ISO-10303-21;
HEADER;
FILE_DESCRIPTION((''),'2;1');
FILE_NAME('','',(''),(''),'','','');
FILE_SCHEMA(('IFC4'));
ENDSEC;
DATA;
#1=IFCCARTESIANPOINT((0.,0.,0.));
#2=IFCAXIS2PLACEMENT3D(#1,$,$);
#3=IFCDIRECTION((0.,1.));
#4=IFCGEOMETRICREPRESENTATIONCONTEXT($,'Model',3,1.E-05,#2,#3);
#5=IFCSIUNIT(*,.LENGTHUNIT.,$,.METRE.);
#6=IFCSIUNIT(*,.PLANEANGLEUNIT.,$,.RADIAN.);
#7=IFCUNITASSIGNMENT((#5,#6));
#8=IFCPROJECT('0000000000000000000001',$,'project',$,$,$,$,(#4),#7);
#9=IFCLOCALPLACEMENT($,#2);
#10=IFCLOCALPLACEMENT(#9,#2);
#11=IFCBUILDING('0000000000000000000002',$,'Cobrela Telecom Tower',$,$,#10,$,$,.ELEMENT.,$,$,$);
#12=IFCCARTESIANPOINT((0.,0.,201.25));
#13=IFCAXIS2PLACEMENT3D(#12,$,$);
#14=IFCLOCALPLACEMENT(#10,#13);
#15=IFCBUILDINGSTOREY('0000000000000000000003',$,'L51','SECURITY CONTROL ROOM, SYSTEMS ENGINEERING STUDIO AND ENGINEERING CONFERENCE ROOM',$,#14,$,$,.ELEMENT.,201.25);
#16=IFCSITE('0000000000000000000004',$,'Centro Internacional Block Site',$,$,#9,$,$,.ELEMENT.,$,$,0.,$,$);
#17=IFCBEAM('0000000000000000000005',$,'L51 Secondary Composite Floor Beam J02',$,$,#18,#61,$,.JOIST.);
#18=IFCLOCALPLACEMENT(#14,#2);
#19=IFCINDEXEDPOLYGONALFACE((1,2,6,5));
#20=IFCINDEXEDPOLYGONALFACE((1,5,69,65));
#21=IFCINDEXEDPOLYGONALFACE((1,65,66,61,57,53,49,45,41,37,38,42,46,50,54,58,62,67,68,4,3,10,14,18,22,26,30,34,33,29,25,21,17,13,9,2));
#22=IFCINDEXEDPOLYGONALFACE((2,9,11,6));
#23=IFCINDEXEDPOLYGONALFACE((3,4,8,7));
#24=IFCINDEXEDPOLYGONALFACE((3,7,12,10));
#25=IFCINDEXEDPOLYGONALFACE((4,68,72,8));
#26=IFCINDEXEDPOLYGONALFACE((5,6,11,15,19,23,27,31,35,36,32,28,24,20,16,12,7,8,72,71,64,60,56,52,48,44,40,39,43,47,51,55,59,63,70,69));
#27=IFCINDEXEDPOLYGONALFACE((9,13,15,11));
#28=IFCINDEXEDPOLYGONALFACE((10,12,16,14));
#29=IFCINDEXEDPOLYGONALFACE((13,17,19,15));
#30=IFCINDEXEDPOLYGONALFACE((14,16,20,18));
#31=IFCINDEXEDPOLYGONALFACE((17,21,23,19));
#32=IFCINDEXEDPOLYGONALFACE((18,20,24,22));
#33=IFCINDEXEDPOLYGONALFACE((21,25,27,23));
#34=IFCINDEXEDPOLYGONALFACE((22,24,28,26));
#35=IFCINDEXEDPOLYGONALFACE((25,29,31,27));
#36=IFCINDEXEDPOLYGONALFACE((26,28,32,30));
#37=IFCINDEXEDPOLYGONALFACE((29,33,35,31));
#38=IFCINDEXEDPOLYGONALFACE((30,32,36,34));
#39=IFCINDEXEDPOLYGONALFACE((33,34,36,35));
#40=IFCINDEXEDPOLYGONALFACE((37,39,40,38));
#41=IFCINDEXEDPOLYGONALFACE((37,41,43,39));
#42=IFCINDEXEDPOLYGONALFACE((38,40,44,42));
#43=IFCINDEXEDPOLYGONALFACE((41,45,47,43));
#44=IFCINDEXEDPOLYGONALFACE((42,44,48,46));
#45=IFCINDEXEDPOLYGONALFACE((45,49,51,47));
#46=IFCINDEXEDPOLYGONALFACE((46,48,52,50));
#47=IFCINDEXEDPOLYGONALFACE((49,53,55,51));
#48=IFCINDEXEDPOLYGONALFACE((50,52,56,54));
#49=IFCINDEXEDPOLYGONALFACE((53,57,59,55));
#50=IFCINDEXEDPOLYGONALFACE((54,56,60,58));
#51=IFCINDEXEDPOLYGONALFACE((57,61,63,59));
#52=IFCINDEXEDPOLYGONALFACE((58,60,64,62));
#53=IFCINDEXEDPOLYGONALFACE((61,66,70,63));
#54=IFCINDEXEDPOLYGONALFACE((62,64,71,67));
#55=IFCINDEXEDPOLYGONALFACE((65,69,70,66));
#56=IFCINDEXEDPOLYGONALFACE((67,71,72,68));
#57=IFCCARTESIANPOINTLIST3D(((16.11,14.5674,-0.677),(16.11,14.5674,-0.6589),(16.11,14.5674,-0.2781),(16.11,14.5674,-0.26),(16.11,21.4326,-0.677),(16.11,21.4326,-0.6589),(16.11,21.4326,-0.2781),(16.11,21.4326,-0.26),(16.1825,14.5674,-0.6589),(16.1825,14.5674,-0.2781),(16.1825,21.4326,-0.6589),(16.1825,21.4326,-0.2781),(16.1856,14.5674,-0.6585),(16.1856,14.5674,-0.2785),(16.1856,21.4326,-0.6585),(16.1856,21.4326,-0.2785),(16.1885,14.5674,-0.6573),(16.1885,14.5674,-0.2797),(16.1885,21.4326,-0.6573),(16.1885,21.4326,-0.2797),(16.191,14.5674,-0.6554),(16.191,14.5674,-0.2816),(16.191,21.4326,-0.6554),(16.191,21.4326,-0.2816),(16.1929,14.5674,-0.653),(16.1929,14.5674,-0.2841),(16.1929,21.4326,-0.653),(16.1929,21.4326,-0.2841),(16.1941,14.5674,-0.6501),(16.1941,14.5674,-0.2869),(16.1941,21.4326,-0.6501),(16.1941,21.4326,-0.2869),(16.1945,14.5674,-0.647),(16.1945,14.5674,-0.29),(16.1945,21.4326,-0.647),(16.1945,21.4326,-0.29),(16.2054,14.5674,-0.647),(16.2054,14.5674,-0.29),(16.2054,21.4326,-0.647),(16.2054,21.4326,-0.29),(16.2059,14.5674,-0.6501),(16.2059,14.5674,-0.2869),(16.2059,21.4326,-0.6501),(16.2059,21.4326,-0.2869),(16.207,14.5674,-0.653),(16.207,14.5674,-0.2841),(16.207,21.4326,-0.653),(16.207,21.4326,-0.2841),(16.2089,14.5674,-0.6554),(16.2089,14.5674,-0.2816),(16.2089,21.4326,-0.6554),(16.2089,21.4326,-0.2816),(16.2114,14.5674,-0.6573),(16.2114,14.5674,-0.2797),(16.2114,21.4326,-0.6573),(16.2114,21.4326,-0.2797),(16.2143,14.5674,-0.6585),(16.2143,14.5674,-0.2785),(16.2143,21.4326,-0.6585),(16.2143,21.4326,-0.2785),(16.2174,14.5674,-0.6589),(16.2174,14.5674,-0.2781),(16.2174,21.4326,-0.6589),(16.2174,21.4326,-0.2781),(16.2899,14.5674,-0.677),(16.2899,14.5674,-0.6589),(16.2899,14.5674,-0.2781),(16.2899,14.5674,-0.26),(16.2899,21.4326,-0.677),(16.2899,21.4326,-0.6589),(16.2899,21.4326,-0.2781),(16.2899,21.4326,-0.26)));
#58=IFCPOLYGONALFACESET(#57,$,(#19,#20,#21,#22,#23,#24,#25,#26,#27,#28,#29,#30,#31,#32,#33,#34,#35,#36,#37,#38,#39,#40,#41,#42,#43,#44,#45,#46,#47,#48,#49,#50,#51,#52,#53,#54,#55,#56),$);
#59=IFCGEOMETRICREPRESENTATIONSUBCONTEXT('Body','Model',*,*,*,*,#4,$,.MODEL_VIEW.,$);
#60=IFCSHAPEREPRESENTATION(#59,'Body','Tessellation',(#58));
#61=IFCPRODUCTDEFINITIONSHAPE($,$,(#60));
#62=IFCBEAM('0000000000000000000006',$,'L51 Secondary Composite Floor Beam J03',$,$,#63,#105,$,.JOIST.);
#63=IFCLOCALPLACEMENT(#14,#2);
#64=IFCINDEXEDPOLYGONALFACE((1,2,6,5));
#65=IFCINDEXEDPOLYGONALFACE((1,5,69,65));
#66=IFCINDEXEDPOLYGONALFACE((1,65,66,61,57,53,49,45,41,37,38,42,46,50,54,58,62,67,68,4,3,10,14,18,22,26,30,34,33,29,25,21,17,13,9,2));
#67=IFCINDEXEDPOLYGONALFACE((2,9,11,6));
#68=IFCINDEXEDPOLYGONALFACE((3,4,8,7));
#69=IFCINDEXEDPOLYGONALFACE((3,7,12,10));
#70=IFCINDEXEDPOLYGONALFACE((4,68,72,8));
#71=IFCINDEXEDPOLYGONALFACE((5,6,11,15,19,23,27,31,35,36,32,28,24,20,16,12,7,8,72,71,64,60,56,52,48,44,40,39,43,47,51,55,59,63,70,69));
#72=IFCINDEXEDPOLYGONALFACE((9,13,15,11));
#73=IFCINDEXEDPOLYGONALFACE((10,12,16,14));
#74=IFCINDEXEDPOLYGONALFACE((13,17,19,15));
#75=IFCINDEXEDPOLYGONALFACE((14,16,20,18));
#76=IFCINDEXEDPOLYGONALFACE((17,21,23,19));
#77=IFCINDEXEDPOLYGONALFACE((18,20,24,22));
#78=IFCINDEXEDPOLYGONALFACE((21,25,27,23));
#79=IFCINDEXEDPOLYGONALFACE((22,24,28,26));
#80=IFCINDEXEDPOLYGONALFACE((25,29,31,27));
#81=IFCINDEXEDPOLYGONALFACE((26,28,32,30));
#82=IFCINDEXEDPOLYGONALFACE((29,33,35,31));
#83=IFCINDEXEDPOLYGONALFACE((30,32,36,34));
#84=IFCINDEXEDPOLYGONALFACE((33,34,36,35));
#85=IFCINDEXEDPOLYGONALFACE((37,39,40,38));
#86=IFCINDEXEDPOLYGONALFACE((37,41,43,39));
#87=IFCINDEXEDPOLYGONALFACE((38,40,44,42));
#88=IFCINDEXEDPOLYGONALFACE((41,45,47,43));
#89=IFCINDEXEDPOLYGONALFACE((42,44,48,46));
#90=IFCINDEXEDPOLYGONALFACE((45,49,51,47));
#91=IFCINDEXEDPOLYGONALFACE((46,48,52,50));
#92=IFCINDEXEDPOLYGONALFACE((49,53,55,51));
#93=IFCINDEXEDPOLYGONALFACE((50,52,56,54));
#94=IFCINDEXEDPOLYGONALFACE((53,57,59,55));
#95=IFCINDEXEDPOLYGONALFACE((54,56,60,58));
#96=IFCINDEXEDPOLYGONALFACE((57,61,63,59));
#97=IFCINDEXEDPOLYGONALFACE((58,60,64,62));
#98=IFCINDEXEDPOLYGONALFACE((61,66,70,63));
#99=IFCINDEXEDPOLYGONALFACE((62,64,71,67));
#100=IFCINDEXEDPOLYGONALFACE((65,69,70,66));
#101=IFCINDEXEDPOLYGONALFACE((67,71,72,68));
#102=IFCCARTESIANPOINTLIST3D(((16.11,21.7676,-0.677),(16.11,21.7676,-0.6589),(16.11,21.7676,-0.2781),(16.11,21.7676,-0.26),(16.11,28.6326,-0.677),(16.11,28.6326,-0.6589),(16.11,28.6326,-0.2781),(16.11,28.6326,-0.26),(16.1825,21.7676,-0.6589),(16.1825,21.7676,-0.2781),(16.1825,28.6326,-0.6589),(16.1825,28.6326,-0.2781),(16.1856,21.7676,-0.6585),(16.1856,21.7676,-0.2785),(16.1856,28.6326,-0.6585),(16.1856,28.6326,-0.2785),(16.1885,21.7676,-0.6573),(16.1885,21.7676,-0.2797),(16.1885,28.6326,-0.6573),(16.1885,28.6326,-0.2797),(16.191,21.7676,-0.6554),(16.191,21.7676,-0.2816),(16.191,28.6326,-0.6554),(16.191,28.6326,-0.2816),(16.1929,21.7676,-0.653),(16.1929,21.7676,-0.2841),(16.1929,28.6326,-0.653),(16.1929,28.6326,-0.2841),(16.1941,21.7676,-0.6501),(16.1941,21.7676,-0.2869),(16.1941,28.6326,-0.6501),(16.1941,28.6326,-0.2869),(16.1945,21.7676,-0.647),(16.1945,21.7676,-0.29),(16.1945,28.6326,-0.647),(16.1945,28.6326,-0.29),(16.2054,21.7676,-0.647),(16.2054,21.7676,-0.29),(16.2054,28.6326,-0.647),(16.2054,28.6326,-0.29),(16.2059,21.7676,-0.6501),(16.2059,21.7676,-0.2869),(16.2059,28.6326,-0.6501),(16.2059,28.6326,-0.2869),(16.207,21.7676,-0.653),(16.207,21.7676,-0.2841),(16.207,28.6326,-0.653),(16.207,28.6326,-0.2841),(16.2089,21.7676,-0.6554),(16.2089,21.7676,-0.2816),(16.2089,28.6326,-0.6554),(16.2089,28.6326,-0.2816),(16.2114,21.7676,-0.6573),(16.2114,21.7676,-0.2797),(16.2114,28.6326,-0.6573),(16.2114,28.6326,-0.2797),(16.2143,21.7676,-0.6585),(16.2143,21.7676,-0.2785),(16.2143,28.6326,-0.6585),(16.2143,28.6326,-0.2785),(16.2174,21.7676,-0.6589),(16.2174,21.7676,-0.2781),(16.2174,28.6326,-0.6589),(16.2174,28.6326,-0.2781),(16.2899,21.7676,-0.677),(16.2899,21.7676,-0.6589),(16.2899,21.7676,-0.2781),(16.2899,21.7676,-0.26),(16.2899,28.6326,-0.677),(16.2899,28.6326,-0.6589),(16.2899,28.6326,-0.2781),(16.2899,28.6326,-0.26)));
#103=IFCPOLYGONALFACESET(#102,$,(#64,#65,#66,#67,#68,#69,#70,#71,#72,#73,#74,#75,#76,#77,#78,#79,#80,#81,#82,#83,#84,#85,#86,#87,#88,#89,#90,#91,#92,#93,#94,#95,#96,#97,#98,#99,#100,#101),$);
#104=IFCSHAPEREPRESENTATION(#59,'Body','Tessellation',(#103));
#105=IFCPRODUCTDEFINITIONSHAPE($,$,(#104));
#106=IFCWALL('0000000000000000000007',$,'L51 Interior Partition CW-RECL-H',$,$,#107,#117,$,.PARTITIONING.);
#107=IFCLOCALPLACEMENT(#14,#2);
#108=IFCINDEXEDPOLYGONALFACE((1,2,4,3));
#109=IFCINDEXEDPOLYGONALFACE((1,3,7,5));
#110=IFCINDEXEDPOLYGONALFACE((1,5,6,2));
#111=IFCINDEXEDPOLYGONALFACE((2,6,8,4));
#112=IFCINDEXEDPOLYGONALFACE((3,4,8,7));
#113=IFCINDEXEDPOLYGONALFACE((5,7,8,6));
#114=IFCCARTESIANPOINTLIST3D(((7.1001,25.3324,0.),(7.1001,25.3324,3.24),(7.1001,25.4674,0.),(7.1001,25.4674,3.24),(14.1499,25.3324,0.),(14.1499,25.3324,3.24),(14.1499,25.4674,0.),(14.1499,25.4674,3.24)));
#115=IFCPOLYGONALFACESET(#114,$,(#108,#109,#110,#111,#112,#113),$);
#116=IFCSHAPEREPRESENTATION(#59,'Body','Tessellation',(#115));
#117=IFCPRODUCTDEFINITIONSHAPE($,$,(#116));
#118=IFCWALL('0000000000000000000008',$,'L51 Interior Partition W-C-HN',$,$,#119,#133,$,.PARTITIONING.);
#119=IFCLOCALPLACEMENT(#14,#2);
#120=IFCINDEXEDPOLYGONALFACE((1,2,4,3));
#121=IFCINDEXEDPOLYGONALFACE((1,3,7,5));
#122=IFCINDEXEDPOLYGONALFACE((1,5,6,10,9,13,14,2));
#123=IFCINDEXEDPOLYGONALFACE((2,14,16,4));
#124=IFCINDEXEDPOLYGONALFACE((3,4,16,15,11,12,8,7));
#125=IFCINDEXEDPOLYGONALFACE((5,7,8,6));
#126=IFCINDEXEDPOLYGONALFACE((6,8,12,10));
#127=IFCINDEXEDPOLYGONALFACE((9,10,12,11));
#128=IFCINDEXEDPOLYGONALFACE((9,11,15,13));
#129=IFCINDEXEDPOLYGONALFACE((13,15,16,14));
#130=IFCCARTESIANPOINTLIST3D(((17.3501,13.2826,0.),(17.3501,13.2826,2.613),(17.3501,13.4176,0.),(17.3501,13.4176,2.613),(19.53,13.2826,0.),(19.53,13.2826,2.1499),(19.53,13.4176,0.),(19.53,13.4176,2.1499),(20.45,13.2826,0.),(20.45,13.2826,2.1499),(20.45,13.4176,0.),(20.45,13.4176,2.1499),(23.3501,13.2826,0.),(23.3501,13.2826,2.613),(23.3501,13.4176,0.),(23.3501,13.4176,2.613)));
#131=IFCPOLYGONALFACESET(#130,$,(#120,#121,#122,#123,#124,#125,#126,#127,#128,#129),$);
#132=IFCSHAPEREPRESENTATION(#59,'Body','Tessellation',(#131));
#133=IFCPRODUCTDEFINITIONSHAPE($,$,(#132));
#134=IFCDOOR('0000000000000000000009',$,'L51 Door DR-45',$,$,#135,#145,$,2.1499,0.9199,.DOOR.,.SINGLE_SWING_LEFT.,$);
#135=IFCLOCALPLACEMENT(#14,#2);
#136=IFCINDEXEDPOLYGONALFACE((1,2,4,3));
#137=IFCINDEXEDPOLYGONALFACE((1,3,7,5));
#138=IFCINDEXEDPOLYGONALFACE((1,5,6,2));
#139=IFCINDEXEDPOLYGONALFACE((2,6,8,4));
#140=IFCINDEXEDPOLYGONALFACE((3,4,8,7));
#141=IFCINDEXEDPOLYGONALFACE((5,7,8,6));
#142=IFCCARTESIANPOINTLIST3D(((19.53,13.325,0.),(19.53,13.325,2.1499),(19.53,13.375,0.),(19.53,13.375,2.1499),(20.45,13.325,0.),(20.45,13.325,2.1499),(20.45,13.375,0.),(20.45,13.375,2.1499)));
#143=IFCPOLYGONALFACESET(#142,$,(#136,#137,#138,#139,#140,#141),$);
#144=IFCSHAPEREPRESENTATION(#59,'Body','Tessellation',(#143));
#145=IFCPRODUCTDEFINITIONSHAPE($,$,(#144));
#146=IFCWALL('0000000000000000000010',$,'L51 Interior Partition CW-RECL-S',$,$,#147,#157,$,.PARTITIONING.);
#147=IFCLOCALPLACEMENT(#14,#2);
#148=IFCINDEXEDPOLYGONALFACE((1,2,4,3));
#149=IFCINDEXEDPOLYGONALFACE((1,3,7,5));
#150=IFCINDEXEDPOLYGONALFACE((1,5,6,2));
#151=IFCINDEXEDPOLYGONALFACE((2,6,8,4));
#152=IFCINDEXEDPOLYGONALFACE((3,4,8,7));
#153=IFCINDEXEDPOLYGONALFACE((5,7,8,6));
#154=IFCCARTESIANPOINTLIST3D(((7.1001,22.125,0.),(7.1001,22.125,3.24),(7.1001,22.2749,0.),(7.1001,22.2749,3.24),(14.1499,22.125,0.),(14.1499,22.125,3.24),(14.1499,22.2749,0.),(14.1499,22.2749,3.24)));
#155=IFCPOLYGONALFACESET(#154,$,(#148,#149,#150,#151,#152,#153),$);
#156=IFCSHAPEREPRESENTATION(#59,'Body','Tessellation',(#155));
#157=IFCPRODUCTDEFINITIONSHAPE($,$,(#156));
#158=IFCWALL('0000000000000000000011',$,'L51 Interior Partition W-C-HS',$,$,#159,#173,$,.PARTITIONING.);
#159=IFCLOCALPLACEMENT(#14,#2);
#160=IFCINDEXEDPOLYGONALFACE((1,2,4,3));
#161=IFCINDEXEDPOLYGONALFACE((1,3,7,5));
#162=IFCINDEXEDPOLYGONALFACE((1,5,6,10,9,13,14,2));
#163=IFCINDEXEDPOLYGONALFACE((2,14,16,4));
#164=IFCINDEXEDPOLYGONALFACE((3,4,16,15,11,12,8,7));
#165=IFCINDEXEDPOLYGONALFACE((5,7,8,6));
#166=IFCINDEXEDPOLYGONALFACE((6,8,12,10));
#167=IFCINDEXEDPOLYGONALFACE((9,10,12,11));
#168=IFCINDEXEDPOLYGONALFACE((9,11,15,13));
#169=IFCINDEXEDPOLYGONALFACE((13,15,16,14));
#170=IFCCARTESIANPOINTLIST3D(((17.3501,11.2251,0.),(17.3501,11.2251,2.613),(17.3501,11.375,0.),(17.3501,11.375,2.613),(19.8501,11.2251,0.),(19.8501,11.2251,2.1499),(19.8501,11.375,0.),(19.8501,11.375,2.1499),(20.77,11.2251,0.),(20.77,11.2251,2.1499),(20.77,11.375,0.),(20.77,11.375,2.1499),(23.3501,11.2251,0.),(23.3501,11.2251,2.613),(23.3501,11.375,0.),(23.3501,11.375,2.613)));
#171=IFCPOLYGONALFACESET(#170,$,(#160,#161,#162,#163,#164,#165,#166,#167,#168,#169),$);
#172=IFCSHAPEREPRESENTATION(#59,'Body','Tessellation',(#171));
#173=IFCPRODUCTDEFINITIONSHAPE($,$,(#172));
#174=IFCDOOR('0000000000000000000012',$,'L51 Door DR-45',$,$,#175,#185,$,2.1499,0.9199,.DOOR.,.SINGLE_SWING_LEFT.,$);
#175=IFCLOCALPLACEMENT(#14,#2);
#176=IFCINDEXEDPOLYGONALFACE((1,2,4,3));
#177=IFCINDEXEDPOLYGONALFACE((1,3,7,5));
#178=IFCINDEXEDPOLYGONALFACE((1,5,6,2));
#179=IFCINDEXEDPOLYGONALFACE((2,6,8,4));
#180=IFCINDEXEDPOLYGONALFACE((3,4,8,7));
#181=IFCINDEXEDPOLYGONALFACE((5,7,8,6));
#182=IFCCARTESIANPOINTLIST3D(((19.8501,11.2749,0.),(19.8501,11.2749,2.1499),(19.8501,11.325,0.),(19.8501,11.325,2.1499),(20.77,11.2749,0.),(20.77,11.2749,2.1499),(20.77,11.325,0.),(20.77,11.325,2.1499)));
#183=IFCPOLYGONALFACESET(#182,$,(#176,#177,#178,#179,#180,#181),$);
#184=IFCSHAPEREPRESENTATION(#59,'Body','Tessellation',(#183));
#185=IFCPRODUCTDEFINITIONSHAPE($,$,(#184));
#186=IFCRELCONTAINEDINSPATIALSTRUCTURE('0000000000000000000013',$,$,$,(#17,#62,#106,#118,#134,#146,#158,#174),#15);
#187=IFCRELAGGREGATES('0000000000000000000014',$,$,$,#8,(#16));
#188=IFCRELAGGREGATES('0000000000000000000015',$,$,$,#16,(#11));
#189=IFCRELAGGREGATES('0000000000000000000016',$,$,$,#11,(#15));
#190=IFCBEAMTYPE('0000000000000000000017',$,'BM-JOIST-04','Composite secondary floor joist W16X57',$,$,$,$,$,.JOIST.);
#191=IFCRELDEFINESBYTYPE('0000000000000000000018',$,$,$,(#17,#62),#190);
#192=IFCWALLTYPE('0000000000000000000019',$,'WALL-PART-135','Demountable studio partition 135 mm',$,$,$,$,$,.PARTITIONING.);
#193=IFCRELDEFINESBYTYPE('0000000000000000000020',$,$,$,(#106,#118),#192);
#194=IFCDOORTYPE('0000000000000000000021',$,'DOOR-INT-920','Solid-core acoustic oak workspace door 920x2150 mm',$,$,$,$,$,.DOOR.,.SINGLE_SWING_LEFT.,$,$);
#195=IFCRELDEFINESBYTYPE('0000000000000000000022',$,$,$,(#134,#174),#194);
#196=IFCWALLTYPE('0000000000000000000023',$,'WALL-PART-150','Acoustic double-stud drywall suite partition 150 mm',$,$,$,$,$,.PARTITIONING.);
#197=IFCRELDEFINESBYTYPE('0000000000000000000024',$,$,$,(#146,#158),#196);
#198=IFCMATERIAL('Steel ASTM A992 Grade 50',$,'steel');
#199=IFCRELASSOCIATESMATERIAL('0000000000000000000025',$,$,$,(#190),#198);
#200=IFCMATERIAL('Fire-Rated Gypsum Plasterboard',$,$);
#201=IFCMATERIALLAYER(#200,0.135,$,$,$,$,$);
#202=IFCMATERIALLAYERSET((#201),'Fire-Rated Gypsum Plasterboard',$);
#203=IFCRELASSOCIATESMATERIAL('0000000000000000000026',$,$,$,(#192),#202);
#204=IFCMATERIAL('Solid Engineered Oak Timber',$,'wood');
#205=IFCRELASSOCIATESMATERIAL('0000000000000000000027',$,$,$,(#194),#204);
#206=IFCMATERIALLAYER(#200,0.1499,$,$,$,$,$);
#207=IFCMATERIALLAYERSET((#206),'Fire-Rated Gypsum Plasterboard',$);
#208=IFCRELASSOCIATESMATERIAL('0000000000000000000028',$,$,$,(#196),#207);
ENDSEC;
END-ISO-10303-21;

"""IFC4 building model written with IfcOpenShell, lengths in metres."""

from ifc_helpers import new_model, si_unit, direction, frame, frame_2d, origin, origin_2d, place, context, subcontext, project, spatial, rectangle, i_section, extrude, material, layer, layer_set, material_profile, profile_set, type_object, element, fill, save


model = new_model("IFC4")

# Units and contexts
model_context = context("Model", 3, precision=1e-05, world=origin(), true_north=direction((0.0, 1.0)))
body_context = subcontext(model_context, "Body", "Model", "MODEL_VIEW")
ifc_project = project(units=[si_unit("LENGTHUNIT", "METRE"), si_unit("PLANEANGLEUNIT", "RADIAN")], contexts=[model_context])

# Site, building, storey
site_placement = place(None, origin())
site = spatial("IfcSite", under=ifc_project, at=site_placement, Name="Centro Internacional Block Site", CompositionType="ELEMENT", RefElevation=0.0)
building_placement = place(site_placement, origin())
building = spatial("IfcBuilding", under=site, at=building_placement, Name="Cobrela Telecom Tower", CompositionType="ELEMENT")
storey_placement = place(building_placement, frame((0.0, 0.0, 201.25)))
storey = spatial("IfcBuildingStorey", under=building, at=storey_placement, Name="L51", Description="SECURITY CONTROL ROOM, SYSTEMS ENGINEERING STUDIO AND ENGINEERING CONFERENCE ROOM", CompositionType="ELEMENT", Elevation=201.25)

# Beams
ifc_material_1 = material(Name="Steel ASTM A992 Grade 50", Category="steel")
ifc_material_profile_1 = material_profile(ifc_material_1, i_section(OverallWidth=0.1799, OverallDepth=0.417, WebThickness=0.011, FlangeThickness=0.0181, FilletRadius=0.012, at=origin_2d()), Name="W16X57")
ifc_profile_set_1 = profile_set([ifc_material_profile_1], Name="Steel ASTM A992 Grade 50")
beam_type_1 = type_object("IfcBeamType", Name="BM-JOIST-04", Description="Composite secondary floor joist W16X57", PredefinedType="JOIST", material=ifc_profile_set_1)
beam_1_placement = place(storey_placement, frame((16.2, 14.5674, -0.4685), z_axis=(0.0, 1.0, 0.0), x_axis=(-1.0, 0.0, 0.0)))
element("IfcBeam", 1, at=beam_1_placement, inside=storey, type_object=beam_type_1, Name="L51 Secondary Composite Floor Beam J02", PredefinedType="JOIST", context=body_context, shape_type="SweptSolid", body=[
    extrude(i_section(OverallWidth=0.1799, OverallDepth=0.417, WebThickness=0.011, FlangeThickness=0.0181, FilletRadius=0.012, at=origin_2d()), origin(), (0.0, 0.0, 1.0), 6.8652),
])
beam_2_placement = place(storey_placement, frame((16.2, 21.7676, -0.4685), z_axis=(0.0, 1.0, 0.0), x_axis=(-1.0, 0.0, 0.0)))
element("IfcBeam", 2, at=beam_2_placement, inside=storey, type_object=beam_type_1, Name="L51 Secondary Composite Floor Beam J03", PredefinedType="JOIST", context=body_context, shape_type="SweptSolid", body=[
    extrude(i_section(OverallWidth=0.1799, OverallDepth=0.417, WebThickness=0.011, FlangeThickness=0.0181, FilletRadius=0.012, at=origin_2d()), origin(), (0.0, 0.0, 1.0), 6.865),
])

# Wall
ifc_material_2 = material(Name="Fire-Rated Gypsum Plasterboard")
ifc_layer_1 = layer(ifc_material_2, 0.135)
ifc_layer_set_1 = layer_set([ifc_layer_1], Name="Fire-Rated Gypsum Plasterboard")
wall_type_1 = type_object("IfcWallType", Name="WALL-PART-135", Description="Demountable studio partition 135 mm", PredefinedType="PARTITIONING", material=ifc_layer_set_1)
wall_1_placement = place(storey_placement, frame((7.1001, 25.3999, 0.0), z_axis=(0.0, 0.0, 1.0), x_axis=(1.0, 0.0, 0.0)))
element("IfcWall", 3, at=wall_1_placement, inside=storey, type_object=wall_type_1, Name="L51 Interior Partition CW-RECL-H", PredefinedType="PARTITIONING", context=body_context, shape_type="SweptSolid", body=[
    extrude(rectangle(XDim=7.0498, YDim=0.135, at=frame_2d((3.5249, 0.0))), origin(), (0.0, 0.0, 1.0), 3.24),
])

# Wall, opening, door
wall_2_placement = place(storey_placement, frame((17.3501, 13.3501, 0.0), z_axis=(0.0, 0.0, 1.0), x_axis=(1.0, 0.0, 0.0)))
wall_2 = element("IfcWall", 4, at=wall_2_placement, inside=storey, type_object=wall_type_1, Name="L51 Interior Partition W-C-HN", PredefinedType="PARTITIONING", context=body_context, shape_type="SweptSolid", body=[
    extrude(rectangle(XDim=6.0, YDim=0.135, at=frame_2d((3.0, 0.0))), origin(), (0.0, 0.0, 1.0), 2.613),
])
opening_1_placement = place(wall_2_placement, frame((2.1799, 0.0, 0.0)))
opening_1 = element("IfcOpeningElement", 5, at=opening_1_placement, cuts=wall_2, PredefinedType="OPENING", context=body_context, shape_type="SweptSolid", body=[
    extrude(rectangle(XDim=0.9199, YDim=2.1499, at=frame_2d((0.46, 1.075))), frame((0.0, 0.0796, 0.0), z_axis=(0.0, -1.0, 0.0), x_axis=(1.0, 0.0, 0.0)), (0.0, 0.0, 1.0), 0.1589),
])
ifc_material_3 = material(Name="Solid Engineered Oak Timber", Category="wood")
door_type_1 = type_object("IfcDoorType", Name="DOOR-INT-920", Description="Solid-core acoustic oak workspace door 920x2150 mm", OperationType="SINGLE_SWING_LEFT", PredefinedType="DOOR", material=ifc_material_3)
door_1_placement = place(opening_1_placement, origin())
door_1 = element("IfcDoor", 6, at=door_1_placement, inside=storey, type_object=door_type_1, Name="L51 Door DR-45", OperationType="SINGLE_SWING_LEFT", OverallHeight=2.1499, OverallWidth=0.9199, PredefinedType="DOOR", context=body_context, shape_type="SweptSolid", body=[
    extrude(rectangle(XDim=0.9199, YDim=2.1499, at=frame_2d((0.46, 1.075))), frame((0.0, 0.0249, 0.0), z_axis=(0.0, -1.0, 0.0), x_axis=(1.0, 0.0, 0.0)), (0.0, 0.0, 1.0), 0.05),
])
fill(opening_1, door_1)

# Wall
ifc_layer_2 = layer(ifc_material_2, 0.1499)
ifc_layer_set_2 = layer_set([ifc_layer_2], Name="Fire-Rated Gypsum Plasterboard")
wall_type_2 = type_object("IfcWallType", Name="WALL-PART-150", Description="Acoustic double-stud drywall suite partition 150 mm", PredefinedType="PARTITIONING", material=ifc_layer_set_2)
wall_3_placement = place(storey_placement, frame((7.1001, 22.2, 0.0), z_axis=(0.0, 0.0, 1.0), x_axis=(1.0, 0.0, 0.0)))
element("IfcWall", 7, at=wall_3_placement, inside=storey, type_object=wall_type_2, Name="L51 Interior Partition CW-RECL-S", PredefinedType="PARTITIONING", context=body_context, shape_type="SweptSolid", body=[
    extrude(rectangle(XDim=7.0498, YDim=0.1499, at=frame_2d((3.5249, 0.0))), origin(), (0.0, 0.0, 1.0), 3.24),
])

# Wall, opening, door
wall_4_placement = place(storey_placement, frame((17.3501, 11.3, 0.0), z_axis=(0.0, 0.0, 1.0), x_axis=(1.0, 0.0, 0.0)))
wall_4 = element("IfcWall", 8, at=wall_4_placement, inside=storey, type_object=wall_type_2, Name="L51 Interior Partition W-C-HS", PredefinedType="PARTITIONING", context=body_context, shape_type="SweptSolid", body=[
    extrude(rectangle(XDim=6.0, YDim=0.1499, at=frame_2d((3.0, 0.0))), origin(), (0.0, 0.0, 1.0), 2.613),
])
opening_2_placement = place(wall_4_placement, frame((2.5, 0.0, 0.0)))
opening_2 = element("IfcOpeningElement", 9, at=opening_2_placement, cuts=wall_4, PredefinedType="OPENING", context=body_context, shape_type="SweptSolid", body=[
    extrude(rectangle(XDim=0.9199, YDim=2.1499, at=frame_2d((0.46, 1.075))), frame((0.0, 0.0869, 0.0), z_axis=(0.0, -1.0, 0.0), x_axis=(1.0, 0.0, 0.0)), (0.0, 0.0, 1.0), 0.1738),
])
door_2_placement = place(opening_2_placement, origin())
door_2 = element("IfcDoor", 10, at=door_2_placement, inside=storey, type_object=door_type_1, Name="L51 Door DR-45", OperationType="SINGLE_SWING_LEFT", OverallHeight=2.1499, OverallWidth=0.9199, PredefinedType="DOOR", context=body_context, shape_type="SweptSolid", body=[
    extrude(rectangle(XDim=0.9199, YDim=2.1499, at=frame_2d((0.46, 1.075))), frame((0.0, 0.0249, 0.0), z_axis=(0.0, -1.0, 0.0), x_axis=(1.0, 0.0, 0.0)), (0.0, 0.0, 1.0), 0.05),
])
fill(opening_2, door_2)

save(model, "model.ifc")
